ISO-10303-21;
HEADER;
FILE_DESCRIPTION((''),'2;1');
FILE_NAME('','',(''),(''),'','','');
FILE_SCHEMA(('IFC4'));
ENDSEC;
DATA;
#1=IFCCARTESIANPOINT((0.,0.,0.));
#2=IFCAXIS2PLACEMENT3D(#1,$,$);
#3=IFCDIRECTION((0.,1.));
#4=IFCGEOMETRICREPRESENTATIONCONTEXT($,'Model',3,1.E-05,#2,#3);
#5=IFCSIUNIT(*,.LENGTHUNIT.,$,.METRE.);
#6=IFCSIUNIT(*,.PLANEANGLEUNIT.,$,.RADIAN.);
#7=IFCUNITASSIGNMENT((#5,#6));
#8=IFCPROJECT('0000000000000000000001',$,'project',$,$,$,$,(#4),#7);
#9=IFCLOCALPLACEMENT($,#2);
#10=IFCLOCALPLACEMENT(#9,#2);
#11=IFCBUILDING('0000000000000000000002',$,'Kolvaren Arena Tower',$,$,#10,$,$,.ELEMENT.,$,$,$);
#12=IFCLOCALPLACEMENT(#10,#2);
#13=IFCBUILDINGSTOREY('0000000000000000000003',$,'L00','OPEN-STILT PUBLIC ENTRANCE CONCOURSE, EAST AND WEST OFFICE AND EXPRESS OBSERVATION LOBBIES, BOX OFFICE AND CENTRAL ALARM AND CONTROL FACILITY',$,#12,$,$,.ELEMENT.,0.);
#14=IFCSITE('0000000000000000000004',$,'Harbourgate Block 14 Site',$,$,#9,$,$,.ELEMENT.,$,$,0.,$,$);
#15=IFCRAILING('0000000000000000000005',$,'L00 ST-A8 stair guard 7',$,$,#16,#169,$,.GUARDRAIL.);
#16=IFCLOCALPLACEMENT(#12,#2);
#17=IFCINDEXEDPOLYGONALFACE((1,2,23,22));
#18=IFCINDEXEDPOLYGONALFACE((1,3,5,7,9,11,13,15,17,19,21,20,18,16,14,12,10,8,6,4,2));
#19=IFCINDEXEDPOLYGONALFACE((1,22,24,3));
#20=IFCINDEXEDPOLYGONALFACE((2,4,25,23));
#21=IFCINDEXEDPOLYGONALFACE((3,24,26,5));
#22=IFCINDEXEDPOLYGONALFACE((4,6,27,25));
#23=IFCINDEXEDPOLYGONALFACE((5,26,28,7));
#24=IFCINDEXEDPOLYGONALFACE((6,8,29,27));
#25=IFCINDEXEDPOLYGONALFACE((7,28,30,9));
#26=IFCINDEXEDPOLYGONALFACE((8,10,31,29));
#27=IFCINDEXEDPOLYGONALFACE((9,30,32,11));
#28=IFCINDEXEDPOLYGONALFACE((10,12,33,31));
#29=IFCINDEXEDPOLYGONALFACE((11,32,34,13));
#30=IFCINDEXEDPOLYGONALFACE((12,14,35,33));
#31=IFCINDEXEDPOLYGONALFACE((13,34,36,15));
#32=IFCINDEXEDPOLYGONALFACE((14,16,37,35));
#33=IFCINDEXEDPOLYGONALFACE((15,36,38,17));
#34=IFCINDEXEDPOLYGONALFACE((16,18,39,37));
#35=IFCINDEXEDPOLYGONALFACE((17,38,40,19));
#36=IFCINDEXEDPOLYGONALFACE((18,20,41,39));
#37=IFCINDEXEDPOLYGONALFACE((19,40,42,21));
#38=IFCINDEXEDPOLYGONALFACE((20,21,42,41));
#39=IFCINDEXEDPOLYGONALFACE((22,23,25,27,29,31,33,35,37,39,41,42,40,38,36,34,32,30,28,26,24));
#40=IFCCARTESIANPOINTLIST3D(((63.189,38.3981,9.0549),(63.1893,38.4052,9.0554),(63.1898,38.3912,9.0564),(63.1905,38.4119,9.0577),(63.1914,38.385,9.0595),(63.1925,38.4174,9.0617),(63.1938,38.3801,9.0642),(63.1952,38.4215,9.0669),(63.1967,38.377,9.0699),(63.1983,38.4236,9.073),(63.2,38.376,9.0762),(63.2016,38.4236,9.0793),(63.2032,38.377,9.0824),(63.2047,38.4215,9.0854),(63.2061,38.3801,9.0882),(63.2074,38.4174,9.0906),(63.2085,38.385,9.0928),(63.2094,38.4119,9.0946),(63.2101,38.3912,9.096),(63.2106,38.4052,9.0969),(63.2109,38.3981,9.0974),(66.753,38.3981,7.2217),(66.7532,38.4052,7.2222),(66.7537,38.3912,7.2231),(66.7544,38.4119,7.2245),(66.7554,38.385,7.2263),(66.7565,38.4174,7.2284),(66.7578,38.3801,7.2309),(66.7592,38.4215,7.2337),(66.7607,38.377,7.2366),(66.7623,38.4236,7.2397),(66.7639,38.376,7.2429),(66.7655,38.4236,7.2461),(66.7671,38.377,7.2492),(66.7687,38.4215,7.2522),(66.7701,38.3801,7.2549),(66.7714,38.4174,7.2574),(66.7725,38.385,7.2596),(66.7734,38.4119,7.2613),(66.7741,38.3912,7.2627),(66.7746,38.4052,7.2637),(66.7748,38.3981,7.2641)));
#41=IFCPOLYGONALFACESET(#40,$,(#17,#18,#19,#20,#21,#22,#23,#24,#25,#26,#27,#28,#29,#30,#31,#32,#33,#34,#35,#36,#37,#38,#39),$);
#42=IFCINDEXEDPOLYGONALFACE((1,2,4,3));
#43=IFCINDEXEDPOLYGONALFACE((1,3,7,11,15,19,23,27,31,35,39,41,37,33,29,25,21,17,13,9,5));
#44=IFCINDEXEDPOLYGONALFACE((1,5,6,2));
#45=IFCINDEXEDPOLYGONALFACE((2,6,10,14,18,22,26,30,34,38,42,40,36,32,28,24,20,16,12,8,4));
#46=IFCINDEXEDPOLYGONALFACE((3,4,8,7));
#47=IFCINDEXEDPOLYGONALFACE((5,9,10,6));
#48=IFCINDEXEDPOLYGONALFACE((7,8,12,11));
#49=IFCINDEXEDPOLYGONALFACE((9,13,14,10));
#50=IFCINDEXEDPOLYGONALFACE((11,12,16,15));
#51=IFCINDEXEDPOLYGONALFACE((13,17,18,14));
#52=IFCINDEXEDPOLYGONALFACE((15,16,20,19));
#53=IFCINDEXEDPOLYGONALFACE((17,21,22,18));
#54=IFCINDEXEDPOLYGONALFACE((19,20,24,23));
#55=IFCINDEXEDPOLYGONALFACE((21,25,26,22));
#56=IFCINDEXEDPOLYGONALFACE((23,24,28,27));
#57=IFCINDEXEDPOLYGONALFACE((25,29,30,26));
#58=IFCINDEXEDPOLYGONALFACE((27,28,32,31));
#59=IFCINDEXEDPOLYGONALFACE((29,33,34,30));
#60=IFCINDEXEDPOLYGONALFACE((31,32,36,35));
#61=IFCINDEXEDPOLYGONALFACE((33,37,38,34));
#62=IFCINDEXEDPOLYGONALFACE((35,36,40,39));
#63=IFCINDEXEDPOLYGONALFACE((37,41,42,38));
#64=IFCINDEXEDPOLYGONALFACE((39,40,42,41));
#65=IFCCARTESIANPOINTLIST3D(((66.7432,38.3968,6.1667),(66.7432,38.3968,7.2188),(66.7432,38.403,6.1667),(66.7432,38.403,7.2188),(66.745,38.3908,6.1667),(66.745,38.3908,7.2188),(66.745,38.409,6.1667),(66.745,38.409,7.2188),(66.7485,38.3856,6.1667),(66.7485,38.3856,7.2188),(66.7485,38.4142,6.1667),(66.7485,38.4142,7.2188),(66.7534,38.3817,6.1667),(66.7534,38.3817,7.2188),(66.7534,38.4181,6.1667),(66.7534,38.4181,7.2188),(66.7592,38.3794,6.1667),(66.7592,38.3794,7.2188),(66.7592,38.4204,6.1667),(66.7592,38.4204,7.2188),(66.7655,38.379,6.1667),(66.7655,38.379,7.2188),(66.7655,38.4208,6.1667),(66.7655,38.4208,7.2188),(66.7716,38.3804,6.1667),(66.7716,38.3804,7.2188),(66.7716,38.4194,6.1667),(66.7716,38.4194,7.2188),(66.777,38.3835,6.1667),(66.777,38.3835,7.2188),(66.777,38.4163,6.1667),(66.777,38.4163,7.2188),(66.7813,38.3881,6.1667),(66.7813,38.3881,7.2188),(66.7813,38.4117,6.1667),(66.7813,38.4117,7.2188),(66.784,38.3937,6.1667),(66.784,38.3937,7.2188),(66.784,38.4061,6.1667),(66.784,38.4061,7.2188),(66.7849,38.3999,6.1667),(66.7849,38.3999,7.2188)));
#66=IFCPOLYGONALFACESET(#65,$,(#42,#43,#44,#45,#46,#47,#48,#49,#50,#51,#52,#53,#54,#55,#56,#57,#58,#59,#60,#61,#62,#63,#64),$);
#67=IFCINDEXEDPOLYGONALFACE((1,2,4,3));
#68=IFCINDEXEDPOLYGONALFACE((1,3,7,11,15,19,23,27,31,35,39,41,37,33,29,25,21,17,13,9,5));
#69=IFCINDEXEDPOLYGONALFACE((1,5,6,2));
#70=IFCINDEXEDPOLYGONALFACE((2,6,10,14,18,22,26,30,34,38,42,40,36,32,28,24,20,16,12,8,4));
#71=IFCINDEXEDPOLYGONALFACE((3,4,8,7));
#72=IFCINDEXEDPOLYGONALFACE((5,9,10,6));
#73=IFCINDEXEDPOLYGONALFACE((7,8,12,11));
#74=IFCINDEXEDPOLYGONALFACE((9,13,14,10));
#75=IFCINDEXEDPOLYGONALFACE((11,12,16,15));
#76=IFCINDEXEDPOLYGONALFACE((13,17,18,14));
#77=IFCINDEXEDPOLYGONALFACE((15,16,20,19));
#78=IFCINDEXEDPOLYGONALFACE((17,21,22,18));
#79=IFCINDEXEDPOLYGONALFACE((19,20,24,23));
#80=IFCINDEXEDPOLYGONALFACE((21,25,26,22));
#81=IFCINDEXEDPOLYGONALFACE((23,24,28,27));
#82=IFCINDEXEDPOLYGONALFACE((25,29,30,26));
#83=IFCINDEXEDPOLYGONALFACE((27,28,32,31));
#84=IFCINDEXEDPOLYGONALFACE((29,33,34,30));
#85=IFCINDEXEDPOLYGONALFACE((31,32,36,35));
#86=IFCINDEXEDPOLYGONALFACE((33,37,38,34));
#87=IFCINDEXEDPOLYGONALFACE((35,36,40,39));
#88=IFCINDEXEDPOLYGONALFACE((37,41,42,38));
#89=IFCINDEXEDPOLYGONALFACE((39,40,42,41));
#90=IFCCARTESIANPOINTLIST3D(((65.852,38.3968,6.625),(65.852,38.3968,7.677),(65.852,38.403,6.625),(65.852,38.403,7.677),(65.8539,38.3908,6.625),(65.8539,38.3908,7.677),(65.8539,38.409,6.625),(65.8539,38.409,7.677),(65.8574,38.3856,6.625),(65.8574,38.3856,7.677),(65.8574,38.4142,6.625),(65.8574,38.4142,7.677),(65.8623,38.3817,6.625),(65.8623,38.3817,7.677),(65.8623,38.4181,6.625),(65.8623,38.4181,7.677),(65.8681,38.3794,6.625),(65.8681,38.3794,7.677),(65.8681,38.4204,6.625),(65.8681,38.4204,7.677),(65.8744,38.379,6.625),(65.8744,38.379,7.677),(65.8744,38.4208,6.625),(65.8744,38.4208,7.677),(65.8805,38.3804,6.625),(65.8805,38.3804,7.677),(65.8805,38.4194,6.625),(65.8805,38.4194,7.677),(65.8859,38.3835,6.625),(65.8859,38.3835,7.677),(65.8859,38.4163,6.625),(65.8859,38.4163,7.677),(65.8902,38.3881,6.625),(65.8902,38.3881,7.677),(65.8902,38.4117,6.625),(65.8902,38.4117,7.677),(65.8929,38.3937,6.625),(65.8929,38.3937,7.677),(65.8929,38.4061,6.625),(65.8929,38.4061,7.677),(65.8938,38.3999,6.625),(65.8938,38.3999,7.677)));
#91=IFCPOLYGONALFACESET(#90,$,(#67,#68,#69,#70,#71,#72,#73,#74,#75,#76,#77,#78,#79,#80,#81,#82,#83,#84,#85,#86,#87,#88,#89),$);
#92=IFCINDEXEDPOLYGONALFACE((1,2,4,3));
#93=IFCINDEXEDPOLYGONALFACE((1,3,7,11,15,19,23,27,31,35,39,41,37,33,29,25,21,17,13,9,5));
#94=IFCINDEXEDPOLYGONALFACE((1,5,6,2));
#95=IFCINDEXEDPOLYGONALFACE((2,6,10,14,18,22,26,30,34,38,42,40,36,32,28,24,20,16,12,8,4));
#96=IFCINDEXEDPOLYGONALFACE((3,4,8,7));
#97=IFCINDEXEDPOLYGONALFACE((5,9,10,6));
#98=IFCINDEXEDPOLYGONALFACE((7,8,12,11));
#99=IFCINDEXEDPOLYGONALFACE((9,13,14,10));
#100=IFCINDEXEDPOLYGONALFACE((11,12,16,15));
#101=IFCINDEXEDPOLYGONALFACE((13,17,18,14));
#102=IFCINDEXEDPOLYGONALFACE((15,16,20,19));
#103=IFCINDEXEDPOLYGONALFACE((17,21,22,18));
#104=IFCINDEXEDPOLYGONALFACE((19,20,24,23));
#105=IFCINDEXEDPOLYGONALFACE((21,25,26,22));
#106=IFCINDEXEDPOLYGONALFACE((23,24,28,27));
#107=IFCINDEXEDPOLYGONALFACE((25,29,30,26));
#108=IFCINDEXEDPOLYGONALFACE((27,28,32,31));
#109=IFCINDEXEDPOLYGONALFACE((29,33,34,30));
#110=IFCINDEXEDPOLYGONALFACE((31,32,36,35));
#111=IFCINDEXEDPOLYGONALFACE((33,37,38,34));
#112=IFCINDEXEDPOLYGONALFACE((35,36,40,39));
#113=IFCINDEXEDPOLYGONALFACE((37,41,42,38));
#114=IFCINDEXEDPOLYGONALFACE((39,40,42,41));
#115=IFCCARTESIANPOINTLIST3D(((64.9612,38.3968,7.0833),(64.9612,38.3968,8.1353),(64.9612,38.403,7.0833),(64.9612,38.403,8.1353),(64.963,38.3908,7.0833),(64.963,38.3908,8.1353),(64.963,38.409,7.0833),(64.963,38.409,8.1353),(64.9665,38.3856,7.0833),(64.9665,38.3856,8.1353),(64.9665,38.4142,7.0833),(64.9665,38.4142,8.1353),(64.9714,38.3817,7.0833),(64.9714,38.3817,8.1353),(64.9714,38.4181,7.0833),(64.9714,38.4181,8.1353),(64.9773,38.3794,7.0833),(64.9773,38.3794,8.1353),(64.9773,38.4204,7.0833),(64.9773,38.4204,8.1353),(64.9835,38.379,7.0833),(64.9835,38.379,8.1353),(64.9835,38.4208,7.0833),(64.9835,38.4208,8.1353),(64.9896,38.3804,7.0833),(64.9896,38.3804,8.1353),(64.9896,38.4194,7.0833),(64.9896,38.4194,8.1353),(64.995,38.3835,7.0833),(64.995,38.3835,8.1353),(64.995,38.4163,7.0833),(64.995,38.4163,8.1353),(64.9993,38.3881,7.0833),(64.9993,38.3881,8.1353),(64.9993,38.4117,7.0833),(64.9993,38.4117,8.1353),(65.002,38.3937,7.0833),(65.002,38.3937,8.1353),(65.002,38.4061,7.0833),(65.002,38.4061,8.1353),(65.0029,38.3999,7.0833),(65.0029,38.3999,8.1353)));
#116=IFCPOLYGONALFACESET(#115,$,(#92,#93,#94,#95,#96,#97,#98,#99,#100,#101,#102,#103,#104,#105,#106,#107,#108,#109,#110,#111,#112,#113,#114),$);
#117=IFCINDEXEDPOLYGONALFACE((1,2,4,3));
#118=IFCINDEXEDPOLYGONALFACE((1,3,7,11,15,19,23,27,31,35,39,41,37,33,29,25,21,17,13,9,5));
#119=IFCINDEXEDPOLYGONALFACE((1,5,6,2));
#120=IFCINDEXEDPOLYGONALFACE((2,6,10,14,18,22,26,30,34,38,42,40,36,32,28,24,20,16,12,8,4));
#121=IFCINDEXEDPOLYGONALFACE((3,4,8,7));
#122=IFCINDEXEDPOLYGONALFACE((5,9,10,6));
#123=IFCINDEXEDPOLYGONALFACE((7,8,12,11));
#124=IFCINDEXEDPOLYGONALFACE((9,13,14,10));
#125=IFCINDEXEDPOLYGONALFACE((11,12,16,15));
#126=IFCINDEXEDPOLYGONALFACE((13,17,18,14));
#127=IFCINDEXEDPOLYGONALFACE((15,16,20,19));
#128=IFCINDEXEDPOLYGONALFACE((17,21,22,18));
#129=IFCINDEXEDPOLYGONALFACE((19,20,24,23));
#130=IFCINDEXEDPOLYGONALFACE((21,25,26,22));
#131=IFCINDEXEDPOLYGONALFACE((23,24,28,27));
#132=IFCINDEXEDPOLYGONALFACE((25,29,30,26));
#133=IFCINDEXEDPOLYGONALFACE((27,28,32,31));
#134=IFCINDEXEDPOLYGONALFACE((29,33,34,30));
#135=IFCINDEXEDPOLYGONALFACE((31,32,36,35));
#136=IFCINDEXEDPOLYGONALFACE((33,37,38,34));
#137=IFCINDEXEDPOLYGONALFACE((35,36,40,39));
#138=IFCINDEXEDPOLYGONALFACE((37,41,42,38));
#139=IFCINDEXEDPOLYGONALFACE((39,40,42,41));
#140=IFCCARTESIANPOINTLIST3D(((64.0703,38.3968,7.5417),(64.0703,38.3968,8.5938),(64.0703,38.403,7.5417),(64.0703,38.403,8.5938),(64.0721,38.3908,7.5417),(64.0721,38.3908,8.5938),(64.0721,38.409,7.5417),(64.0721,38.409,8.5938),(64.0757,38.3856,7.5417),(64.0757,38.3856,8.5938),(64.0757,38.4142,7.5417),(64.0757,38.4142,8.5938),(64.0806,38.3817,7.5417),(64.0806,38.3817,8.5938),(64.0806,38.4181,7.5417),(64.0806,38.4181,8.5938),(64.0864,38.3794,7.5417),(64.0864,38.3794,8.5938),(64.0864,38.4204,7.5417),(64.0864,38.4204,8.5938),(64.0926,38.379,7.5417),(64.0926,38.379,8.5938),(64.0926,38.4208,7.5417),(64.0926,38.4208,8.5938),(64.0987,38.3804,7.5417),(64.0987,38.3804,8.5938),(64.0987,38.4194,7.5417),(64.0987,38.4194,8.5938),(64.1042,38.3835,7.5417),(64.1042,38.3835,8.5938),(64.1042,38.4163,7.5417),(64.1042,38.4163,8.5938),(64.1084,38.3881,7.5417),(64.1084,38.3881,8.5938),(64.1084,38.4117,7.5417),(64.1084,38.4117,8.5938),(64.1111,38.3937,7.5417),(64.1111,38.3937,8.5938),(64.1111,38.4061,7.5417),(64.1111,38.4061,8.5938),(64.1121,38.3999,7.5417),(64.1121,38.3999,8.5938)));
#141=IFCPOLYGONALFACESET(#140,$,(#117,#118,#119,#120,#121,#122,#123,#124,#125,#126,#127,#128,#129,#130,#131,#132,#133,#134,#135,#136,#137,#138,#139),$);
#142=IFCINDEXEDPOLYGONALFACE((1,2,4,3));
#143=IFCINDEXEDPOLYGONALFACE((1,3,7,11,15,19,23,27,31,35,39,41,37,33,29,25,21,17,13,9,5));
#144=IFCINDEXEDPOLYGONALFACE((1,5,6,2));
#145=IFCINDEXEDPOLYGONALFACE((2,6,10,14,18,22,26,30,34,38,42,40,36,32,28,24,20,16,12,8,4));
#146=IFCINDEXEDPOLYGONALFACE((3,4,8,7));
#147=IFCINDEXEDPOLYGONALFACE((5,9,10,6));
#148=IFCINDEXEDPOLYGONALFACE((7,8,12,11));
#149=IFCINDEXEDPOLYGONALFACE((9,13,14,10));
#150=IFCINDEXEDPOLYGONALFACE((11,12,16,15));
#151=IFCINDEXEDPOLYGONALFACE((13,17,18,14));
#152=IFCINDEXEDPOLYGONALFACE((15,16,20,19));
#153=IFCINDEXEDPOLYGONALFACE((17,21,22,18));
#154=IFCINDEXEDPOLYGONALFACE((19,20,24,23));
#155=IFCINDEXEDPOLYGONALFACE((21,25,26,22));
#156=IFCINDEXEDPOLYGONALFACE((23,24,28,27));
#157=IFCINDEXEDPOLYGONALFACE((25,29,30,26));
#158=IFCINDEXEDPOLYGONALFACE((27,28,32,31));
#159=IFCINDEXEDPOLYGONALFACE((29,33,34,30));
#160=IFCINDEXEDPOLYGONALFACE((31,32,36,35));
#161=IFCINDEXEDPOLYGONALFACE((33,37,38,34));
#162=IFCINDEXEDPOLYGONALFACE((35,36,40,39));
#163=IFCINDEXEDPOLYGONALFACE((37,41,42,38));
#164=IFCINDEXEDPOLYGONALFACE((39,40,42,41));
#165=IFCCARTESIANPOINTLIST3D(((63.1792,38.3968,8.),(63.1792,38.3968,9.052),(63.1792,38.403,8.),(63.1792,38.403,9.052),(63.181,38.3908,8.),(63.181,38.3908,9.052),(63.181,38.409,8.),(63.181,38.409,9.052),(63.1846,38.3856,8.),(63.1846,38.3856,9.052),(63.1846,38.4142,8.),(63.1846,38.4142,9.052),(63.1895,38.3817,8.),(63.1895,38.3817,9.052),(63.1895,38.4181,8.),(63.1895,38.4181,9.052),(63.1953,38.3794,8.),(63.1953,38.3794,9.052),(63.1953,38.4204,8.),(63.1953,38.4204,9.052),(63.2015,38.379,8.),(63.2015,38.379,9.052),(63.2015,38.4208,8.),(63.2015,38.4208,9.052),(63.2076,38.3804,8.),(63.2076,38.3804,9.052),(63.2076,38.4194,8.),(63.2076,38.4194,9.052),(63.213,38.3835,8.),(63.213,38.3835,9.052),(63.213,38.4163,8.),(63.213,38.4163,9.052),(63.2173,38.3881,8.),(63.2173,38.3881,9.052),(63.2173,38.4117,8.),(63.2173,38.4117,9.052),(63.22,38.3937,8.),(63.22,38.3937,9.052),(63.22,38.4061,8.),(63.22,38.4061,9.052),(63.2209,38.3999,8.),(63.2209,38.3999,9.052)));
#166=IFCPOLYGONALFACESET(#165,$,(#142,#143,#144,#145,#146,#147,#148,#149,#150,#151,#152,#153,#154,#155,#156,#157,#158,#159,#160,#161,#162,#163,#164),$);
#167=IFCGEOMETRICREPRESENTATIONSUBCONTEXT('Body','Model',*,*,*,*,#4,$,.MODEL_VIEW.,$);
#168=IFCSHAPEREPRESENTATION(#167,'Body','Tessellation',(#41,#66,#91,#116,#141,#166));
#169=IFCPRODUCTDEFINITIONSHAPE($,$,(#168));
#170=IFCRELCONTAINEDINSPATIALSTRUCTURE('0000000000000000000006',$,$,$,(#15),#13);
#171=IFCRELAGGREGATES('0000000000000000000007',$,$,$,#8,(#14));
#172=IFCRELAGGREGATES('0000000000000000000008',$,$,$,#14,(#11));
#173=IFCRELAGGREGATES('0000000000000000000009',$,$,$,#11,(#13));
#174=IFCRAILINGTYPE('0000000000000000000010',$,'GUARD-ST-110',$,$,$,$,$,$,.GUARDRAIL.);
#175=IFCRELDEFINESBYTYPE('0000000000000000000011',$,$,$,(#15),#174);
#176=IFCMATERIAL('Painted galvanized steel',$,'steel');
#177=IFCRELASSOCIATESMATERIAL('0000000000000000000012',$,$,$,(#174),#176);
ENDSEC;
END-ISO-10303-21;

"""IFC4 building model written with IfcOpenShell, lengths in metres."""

from ifc_helpers import new_model, si_unit, direction, frame, origin, origin_2d, place, context, subcontext, project, spatial, circle, extrude, material, type_object, element, save


model = new_model("IFC4")

# Units and contexts
model_context = context("Model", 3, precision=1e-05, world=origin(), true_north=direction((0.0, 1.0)))
body_context = subcontext(model_context, "Body", "Model", "MODEL_VIEW")
ifc_project = project(units=[si_unit("LENGTHUNIT", "METRE"), si_unit("PLANEANGLEUNIT", "RADIAN")], contexts=[model_context])

# Site, building, storey
site_placement = place(None, origin())
site = spatial("IfcSite", under=ifc_project, at=site_placement, Name="Harbourgate Block 14 Site", CompositionType="ELEMENT", RefElevation=0.0)
building_placement = place(site_placement, origin())
building = spatial("IfcBuilding", under=site, at=building_placement, Name="Kolvaren Arena Tower", CompositionType="ELEMENT")
storey_placement = place(building_placement, origin())
storey = spatial("IfcBuildingStorey", under=building, at=storey_placement, Name="L00", Description="OPEN-STILT PUBLIC ENTRANCE CONCOURSE, EAST AND WEST OFFICE AND EXPRESS OBSERVATION LOBBIES, BOX OFFICE AND CENTRAL ALARM AND CONTROL FACILITY", CompositionType="ELEMENT", Elevation=0.0)

# Railing
ifc_material_1 = material(Name="Painted galvanized steel", Category="steel")
railing_type_1 = type_object("IfcRailingType", Name="GUARD-ST-110", PredefinedType="GUARDRAIL", material=ifc_material_1)
railing_1_placement = place(storey_placement, frame((66.7639, 38.3999, 6.1667)))
element("IfcRailing", 1, at=railing_1_placement, inside=storey, type_object=railing_type_1, Name="L00 ST-A8 stair guard 7", PredefinedType="GUARDRAIL", context=body_context, shape_type="SweptSolid", body=[
    extrude(circle(Radius=0.0239, at=origin_2d()), frame((0.0, 0.0, 1.0762), z_axis=(-0.889252, 0.0, 0.457418), x_axis=(0.0, -1.0, 0.0)), (0.0, 0.0, 1.0), 4.0078),
    extrude(circle(Radius=0.021, at=origin_2d()), origin(), (0.0, 0.0, 1.0), 1.052),
    extrude(circle(Radius=0.021, at=origin_2d()), frame((-0.8911, 0.0, 0.4583)), (0.0, 0.0, 1.0), 1.052),
    extrude(circle(Radius=0.021, at=origin_2d()), frame((-1.782, 0.0, 0.9165)), (0.0, 0.0, 1.0), 1.052),
    extrude(circle(Radius=0.021, at=origin_2d()), frame((-2.6729, 0.0, 1.375)), (0.0, 0.0, 1.0), 1.052),
    extrude(circle(Radius=0.021, at=origin_2d()), frame((-3.564, 0.0, 1.8333)), (0.0, 0.0, 1.0), 1.052),
])

save(model, "model.ifc")
